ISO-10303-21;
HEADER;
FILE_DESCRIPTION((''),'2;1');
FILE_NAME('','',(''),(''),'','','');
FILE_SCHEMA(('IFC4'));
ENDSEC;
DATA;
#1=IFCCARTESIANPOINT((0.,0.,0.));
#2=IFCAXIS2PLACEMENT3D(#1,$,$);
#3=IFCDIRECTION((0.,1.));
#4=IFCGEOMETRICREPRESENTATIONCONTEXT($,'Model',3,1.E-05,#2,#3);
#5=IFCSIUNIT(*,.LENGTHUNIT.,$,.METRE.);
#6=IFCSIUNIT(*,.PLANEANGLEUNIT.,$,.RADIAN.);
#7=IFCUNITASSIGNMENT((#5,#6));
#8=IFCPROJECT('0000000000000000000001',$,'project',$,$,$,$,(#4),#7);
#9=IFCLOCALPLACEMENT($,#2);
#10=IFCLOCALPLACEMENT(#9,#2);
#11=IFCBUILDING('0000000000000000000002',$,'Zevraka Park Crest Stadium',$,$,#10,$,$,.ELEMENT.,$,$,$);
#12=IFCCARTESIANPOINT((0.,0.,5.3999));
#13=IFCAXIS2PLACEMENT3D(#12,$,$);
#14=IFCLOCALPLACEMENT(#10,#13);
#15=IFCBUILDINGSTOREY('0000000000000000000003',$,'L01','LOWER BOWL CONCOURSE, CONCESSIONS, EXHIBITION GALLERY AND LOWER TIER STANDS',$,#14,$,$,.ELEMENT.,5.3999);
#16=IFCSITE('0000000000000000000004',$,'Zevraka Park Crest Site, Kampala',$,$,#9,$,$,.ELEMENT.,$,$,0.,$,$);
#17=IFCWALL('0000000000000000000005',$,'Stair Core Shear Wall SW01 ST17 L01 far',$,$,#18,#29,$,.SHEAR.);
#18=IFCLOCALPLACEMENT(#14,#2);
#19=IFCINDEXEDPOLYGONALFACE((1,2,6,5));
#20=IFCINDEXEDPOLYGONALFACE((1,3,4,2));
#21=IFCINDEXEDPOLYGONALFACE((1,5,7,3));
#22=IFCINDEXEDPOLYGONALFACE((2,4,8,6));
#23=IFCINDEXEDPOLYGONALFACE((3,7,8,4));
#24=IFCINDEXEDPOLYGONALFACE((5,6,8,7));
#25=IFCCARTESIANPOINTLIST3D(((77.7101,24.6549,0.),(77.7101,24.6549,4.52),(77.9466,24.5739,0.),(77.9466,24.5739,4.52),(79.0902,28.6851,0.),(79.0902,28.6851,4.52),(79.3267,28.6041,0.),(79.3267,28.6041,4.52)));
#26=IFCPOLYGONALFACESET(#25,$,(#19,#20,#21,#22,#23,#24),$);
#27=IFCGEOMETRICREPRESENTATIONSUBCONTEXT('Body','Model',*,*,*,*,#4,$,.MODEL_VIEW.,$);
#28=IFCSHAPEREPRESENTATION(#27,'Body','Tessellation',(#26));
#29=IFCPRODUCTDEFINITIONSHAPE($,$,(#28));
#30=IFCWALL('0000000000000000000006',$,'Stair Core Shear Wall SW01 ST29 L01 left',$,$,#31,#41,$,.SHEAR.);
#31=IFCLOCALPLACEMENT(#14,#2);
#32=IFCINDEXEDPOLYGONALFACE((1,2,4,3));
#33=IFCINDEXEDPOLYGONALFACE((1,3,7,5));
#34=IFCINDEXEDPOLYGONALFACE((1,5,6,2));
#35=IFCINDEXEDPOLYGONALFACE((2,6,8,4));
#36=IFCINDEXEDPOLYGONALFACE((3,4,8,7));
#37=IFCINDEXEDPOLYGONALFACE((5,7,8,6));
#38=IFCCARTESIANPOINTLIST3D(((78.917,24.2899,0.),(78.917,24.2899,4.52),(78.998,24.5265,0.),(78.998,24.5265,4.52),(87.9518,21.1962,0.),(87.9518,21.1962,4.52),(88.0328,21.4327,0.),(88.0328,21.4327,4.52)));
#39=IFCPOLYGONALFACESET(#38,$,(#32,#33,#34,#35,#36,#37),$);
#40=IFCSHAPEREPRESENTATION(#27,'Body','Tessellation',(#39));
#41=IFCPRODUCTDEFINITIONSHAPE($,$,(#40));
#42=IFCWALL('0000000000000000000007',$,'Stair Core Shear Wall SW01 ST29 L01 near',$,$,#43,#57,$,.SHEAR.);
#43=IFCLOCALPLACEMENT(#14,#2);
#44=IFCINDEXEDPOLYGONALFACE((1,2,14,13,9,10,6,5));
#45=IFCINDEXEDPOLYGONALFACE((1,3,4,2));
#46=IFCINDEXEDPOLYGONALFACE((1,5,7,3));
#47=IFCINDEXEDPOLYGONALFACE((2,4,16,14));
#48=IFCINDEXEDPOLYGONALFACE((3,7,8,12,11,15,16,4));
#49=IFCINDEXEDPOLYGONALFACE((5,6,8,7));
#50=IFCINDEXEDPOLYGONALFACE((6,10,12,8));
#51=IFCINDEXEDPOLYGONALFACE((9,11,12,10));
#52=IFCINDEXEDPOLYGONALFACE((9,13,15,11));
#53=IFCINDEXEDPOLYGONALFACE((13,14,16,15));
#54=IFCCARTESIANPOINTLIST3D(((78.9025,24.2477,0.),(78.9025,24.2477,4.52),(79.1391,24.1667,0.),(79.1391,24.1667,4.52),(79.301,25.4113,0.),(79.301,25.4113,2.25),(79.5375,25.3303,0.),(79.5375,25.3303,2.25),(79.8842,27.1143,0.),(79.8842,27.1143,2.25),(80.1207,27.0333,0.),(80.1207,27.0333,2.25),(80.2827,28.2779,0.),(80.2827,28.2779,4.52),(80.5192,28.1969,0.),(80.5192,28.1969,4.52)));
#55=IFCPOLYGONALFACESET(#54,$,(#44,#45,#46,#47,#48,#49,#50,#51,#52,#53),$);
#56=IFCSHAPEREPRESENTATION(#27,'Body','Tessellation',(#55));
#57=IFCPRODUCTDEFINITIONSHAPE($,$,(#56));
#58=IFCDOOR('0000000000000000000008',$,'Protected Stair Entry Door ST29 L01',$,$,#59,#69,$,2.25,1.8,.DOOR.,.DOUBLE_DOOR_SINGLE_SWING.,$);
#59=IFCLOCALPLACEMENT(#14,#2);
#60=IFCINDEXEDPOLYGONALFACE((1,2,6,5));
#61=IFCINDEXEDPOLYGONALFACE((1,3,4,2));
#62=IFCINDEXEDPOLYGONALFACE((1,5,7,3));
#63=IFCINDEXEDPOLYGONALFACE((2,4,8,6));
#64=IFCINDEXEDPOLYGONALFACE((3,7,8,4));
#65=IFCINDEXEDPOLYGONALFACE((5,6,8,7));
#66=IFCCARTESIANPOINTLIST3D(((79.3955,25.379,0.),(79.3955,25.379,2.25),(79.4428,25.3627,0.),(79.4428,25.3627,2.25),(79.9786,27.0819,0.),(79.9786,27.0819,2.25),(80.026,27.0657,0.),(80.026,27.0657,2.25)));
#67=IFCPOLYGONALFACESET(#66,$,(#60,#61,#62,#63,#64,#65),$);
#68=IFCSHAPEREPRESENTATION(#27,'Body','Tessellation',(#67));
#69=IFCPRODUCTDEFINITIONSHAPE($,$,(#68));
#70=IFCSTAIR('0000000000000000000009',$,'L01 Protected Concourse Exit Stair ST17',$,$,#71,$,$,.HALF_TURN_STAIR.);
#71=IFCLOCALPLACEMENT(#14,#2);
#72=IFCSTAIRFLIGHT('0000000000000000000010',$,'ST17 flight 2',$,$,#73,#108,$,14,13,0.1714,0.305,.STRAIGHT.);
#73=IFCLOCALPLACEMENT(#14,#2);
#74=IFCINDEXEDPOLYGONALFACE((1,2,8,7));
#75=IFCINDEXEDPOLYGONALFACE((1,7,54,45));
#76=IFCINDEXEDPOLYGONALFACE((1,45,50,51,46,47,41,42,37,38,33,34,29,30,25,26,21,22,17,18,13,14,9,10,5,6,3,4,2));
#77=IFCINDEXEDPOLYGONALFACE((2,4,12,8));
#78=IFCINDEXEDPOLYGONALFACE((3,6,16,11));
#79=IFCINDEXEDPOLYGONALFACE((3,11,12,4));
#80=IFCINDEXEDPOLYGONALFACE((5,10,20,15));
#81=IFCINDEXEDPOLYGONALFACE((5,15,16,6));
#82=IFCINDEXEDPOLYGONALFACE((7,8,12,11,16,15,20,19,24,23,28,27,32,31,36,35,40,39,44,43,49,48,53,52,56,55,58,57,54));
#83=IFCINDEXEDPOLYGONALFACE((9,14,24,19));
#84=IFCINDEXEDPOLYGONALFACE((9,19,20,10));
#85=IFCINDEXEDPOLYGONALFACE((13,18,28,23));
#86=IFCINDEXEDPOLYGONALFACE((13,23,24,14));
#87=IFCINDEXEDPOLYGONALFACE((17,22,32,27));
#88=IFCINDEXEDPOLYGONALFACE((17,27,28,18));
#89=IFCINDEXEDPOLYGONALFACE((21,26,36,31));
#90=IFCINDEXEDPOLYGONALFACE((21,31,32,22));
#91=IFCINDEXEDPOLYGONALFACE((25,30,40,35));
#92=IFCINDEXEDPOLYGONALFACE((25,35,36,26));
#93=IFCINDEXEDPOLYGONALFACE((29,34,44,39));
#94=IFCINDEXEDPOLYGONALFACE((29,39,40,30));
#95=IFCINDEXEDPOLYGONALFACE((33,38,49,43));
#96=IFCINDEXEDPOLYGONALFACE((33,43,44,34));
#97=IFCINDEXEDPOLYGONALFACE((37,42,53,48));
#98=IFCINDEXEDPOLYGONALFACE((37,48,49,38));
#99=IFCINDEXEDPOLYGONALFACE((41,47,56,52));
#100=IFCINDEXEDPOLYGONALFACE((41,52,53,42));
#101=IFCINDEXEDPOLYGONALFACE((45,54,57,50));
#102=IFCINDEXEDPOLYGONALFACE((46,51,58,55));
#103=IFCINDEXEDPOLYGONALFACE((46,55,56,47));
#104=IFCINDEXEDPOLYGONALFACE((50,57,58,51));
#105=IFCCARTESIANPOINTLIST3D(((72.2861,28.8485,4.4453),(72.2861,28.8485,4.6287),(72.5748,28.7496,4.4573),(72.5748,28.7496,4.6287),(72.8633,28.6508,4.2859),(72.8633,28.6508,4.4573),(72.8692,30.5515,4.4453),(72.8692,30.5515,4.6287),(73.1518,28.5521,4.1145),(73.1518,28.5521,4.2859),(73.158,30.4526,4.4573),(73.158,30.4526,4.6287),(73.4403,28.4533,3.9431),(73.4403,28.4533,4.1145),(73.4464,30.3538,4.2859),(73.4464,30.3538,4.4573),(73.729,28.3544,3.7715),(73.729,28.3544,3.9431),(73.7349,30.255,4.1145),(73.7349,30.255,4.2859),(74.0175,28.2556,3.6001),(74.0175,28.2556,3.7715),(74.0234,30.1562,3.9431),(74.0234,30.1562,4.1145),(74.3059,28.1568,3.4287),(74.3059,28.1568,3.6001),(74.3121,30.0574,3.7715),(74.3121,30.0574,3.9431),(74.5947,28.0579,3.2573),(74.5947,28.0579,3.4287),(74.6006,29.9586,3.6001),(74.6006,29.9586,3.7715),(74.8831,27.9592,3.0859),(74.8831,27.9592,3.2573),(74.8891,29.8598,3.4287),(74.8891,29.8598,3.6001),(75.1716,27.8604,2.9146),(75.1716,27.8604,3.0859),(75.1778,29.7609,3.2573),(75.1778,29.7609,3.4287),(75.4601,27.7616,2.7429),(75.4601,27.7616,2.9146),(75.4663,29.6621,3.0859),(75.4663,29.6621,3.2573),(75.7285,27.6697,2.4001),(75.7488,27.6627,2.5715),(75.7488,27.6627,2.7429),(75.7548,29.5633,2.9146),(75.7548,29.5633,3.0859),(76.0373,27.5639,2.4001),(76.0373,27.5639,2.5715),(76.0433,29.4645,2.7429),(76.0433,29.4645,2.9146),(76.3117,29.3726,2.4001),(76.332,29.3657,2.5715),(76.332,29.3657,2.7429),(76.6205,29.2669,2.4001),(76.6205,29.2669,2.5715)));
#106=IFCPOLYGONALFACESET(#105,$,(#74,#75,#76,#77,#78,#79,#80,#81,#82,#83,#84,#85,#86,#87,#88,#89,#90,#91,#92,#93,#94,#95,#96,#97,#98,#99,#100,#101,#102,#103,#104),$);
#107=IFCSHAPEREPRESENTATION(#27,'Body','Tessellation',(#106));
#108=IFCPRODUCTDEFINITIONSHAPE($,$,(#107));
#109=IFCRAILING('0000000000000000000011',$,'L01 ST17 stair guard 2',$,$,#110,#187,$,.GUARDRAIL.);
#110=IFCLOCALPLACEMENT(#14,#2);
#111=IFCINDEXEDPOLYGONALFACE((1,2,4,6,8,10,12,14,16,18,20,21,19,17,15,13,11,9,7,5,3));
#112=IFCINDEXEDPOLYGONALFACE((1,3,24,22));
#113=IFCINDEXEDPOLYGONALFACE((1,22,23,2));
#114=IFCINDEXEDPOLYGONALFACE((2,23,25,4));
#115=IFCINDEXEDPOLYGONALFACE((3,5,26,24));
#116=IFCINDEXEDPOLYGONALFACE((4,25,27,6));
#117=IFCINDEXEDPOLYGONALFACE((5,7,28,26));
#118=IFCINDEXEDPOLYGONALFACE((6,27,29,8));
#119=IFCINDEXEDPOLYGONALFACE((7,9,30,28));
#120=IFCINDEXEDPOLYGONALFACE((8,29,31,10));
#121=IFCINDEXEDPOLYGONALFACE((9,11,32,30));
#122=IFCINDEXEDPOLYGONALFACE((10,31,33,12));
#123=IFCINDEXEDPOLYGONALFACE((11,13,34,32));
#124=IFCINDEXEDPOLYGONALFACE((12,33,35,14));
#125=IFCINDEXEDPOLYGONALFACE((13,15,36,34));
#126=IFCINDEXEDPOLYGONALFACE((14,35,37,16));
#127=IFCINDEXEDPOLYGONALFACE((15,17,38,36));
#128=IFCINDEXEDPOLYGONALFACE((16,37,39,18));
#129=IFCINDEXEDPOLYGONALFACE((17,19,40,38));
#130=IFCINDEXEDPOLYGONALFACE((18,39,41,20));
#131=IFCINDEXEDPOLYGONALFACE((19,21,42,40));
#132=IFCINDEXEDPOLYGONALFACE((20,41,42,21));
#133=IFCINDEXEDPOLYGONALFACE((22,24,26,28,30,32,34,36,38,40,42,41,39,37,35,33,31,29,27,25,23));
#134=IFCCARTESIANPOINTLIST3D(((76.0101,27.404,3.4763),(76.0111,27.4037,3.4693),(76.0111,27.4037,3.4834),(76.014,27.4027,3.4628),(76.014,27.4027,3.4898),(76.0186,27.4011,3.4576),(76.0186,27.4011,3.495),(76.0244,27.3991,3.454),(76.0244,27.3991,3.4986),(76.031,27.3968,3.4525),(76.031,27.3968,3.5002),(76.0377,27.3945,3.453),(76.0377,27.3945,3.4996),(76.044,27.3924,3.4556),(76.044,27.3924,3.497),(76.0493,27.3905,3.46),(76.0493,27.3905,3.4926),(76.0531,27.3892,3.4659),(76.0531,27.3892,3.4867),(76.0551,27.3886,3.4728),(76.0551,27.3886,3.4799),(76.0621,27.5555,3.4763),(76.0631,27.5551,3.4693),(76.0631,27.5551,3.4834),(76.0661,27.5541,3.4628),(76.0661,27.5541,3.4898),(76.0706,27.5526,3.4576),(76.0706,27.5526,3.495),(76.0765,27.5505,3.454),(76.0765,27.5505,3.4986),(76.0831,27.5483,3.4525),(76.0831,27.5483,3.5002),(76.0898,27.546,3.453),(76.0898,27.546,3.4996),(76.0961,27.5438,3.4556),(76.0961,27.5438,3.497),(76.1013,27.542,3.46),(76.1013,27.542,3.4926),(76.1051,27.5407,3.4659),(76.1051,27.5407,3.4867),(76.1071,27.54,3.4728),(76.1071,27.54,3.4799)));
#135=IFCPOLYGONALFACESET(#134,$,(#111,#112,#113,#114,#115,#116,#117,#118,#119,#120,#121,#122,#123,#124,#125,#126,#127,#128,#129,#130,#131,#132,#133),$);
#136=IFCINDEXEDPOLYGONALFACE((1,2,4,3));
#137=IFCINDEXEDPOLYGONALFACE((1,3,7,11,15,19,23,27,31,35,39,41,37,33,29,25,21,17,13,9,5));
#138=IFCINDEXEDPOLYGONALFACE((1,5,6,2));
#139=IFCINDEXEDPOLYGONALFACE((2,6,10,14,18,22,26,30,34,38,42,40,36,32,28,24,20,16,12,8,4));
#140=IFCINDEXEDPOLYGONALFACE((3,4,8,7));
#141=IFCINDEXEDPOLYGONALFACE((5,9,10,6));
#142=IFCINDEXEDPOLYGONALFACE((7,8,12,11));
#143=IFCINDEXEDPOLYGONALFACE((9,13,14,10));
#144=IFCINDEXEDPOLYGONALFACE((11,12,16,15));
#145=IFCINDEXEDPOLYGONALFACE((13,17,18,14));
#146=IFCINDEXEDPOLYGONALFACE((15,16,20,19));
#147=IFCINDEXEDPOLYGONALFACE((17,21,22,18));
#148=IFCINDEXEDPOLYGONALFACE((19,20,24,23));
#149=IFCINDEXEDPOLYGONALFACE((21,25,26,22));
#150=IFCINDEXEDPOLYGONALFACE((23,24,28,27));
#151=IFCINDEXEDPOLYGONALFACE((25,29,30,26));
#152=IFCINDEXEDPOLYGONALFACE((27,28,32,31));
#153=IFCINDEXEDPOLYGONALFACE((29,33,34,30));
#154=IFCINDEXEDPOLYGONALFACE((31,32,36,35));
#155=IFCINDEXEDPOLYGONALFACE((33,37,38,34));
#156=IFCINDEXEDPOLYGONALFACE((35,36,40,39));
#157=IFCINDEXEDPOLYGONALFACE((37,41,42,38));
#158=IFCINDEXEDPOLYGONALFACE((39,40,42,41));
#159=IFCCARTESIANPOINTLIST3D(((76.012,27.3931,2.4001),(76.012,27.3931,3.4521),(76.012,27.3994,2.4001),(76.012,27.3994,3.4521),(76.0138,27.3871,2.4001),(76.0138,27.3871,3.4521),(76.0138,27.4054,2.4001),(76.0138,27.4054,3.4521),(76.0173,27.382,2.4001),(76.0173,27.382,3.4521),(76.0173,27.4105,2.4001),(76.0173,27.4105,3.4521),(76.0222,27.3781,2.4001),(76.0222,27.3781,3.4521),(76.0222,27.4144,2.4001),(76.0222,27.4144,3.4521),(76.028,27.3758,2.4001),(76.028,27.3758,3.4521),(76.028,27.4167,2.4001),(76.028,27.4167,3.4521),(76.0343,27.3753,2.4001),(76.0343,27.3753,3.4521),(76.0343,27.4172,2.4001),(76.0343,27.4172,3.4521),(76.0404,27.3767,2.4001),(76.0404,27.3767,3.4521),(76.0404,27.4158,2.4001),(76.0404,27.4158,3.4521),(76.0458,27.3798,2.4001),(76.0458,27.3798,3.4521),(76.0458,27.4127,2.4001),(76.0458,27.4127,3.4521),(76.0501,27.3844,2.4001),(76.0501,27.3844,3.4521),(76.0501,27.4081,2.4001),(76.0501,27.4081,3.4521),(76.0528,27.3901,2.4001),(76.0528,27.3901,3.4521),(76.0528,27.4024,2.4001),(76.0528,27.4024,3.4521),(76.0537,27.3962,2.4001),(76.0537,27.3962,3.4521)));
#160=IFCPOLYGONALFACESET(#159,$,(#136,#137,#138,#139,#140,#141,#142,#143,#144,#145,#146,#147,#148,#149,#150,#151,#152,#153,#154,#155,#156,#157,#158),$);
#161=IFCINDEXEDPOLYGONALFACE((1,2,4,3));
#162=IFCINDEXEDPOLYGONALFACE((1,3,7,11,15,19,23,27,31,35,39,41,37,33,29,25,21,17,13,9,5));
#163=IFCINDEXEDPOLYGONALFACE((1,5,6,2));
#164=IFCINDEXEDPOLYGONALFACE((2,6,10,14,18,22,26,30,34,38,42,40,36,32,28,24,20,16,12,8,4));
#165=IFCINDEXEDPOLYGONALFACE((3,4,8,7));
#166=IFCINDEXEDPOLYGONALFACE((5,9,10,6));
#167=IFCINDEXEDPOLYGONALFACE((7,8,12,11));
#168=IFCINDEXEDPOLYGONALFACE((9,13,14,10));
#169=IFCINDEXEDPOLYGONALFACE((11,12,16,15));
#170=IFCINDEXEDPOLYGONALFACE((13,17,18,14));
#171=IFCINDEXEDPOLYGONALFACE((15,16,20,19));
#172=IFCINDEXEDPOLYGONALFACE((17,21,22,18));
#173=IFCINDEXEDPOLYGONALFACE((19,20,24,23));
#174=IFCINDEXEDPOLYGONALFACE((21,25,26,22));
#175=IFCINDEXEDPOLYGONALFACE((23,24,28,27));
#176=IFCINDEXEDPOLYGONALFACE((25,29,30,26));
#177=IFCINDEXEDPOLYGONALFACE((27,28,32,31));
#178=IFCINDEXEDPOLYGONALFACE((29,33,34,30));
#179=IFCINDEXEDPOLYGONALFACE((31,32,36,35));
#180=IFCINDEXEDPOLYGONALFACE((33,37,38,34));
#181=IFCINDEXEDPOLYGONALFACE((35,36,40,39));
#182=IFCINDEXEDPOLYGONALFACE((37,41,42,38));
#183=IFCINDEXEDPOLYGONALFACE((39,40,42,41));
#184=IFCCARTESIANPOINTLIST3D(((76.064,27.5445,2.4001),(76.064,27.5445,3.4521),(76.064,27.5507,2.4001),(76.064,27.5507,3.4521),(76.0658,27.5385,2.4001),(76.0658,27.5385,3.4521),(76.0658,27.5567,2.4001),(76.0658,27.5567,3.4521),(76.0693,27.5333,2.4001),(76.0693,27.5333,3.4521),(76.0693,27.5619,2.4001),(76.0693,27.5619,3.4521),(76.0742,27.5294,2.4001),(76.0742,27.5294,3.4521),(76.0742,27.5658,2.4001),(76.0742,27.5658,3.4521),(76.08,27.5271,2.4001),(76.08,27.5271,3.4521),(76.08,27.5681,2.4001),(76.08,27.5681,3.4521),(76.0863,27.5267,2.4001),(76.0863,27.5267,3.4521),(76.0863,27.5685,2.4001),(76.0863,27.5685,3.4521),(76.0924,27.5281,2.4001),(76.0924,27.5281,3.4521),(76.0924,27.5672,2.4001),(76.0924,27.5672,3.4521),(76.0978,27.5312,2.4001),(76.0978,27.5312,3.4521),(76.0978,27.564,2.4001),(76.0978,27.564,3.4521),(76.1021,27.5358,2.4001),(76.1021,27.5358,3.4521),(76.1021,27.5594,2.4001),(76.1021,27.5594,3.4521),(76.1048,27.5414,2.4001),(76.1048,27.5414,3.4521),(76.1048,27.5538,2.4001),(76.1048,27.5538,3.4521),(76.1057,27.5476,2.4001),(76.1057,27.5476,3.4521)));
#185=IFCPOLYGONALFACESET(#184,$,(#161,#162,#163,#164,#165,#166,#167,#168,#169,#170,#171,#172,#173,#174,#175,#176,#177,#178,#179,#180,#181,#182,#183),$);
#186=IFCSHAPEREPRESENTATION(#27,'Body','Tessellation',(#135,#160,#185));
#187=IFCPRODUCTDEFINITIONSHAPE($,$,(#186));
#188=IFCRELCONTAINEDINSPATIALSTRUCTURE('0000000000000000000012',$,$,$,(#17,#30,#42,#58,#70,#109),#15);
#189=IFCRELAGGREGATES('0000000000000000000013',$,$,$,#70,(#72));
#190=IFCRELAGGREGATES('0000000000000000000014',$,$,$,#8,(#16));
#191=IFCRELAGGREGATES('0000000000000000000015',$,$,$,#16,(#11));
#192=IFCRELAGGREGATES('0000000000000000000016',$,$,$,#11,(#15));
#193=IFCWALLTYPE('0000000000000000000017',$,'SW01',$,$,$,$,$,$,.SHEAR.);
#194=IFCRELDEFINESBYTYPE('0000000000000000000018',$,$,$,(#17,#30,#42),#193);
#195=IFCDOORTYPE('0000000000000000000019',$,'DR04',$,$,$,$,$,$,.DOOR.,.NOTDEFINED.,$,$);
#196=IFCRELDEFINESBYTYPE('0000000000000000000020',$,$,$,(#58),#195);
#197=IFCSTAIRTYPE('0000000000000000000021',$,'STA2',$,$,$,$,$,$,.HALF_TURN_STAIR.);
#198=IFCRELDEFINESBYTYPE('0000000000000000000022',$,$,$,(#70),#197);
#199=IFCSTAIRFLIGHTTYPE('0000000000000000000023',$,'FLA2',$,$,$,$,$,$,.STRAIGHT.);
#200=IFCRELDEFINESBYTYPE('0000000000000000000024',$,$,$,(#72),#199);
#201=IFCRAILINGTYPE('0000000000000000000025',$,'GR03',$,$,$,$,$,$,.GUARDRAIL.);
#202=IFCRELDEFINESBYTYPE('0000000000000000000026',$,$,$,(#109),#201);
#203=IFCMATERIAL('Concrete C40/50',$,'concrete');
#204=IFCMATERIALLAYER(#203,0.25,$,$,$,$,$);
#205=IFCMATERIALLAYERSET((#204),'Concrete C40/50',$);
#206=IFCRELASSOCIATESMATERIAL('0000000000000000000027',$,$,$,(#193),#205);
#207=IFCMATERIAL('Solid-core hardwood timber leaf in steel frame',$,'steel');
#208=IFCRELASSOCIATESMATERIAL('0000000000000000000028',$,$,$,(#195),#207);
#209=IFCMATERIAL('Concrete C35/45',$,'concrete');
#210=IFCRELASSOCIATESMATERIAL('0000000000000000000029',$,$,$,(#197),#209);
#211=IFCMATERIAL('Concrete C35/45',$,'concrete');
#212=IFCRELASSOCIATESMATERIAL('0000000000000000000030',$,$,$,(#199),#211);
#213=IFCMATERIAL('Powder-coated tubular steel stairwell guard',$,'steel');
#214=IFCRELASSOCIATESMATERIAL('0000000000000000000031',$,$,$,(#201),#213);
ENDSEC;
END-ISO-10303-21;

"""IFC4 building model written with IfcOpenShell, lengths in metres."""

from ifc_helpers import new_model, si_unit, direction, frame, frame_2d, origin, origin_2d, place, context, subcontext, project, spatial, polyline, rectangle, circle, outline, extrude, material, layer, layer_set, type_object, element, fill, aggregate, save


model = new_model("IFC4")

# Units and contexts
model_context = context("Model", 3, precision=1e-05, world=origin(), true_north=direction((0.0, 1.0)))
body_context = subcontext(model_context, "Body", "Model", "MODEL_VIEW")
ifc_project = project(units=[si_unit("LENGTHUNIT", "METRE"), si_unit("PLANEANGLEUNIT", "RADIAN")], contexts=[model_context])

# Site, building, storey
site_placement = place(None, origin())
site = spatial("IfcSite", under=ifc_project, at=site_placement, Name="Zevraka Park Crest Site, Kampala", CompositionType="ELEMENT", RefElevation=0.0)
building_placement = place(site_placement, origin())
building = spatial("IfcBuilding", under=site, at=building_placement, Name="Zevraka Park Crest Stadium", CompositionType="ELEMENT")
storey_placement = place(building_placement, frame((0.0, 0.0, 5.3999)))
storey = spatial("IfcBuildingStorey", under=building, at=storey_placement, Name="L01", Description="LOWER BOWL CONCOURSE, CONCESSIONS, EXHIBITION GALLERY AND LOWER TIER STANDS", CompositionType="ELEMENT", Elevation=5.3999)

# Walls
ifc_material_1 = material(Name="Concrete C40/50", Category="concrete")
ifc_layer_1 = layer(ifc_material_1, 0.25)
ifc_layer_set_1 = layer_set([ifc_layer_1], Name="Concrete C40/50")
wall_type = type_object("IfcWallType", Name="SW01", PredefinedType="SHEAR", material=ifc_layer_set_1)
wall_1_placement = place(storey_placement, frame((77.8284, 24.6145, 0.0), z_axis=(0.0, 0.0, 1.0), x_axis=(0.323971, 0.946067, 0.0)))
element("IfcWall", 1, at=wall_1_placement, inside=storey, type_object=wall_type, Name="Stair Core Shear Wall SW01 ST17 L01 far", PredefinedType="SHEAR", context=body_context, shape_type="SweptSolid", body=[
    extrude(rectangle(XDim=4.26, YDim=0.25, at=frame_2d((2.1299, 0.0))), origin(), (0.0, 0.0, 1.0), 4.52),
])
wall_2_placement = place(storey_placement, frame((78.9575, 24.4082, 0.0), z_axis=(0.0, 0.0, 1.0), x_axis=(0.946072, -0.323956, 0.0)))
element("IfcWall", 2, at=wall_2_placement, inside=storey, type_object=wall_type, Name="Stair Core Shear Wall SW01 ST29 L01 left", PredefinedType="SHEAR", context=body_context, shape_type="SweptSolid", body=[
    extrude(rectangle(XDim=9.5498, YDim=0.25, at=frame_2d((4.7749, 0.0))), origin(), (0.0, 0.0, 1.0), 4.52),
])

# Wall, opening, door
wall_3_placement = place(storey_placement, frame((80.4009, 28.2373, 0.0), z_axis=(0.0, 0.0, 1.0), x_axis=(-0.323971, -0.946067, 0.0)))
wall_3 = element("IfcWall", 3, at=wall_3_placement, inside=storey, type_object=wall_type, Name="Stair Core Shear Wall SW01 ST29 L01 near", PredefinedType="SHEAR", context=body_context, shape_type="SweptSolid", body=[
    extrude(rectangle(XDim=4.26, YDim=0.25, at=frame_2d((2.1299, 0.0))), origin(), (0.0, 0.0, 1.0), 4.52),
])
opening_placement = place(wall_3_placement, frame((1.23, 0.0, 0.0)))
opening = element("IfcOpeningElement", 4, at=opening_placement, cuts=wall_3, PredefinedType="OPENING", context=body_context, shape_type="SweptSolid", body=[
    extrude(rectangle(XDim=1.8, YDim=2.25, at=frame_2d((0.8999, 1.125))), frame((0.0, 0.135, 0.0), z_axis=(0.0, -1.0, 0.0), x_axis=(1.0, 0.0, 0.0)), (0.0, 0.0, 1.0), 0.27),
])
ifc_material_2 = material(Name="Solid-core hardwood timber leaf in steel frame", Category="steel")
door_type = type_object("IfcDoorType", Name="DR04", OperationType="NOTDEFINED", PredefinedType="DOOR", material=ifc_material_2)
door_placement = place(opening_placement, origin())
door = element("IfcDoor", 5, at=door_placement, inside=storey, type_object=door_type, Name="Protected Stair Entry Door ST29 L01", OperationType="DOUBLE_DOOR_SINGLE_SWING", OverallHeight=2.25, OverallWidth=1.8, PredefinedType="DOOR", context=body_context, shape_type="SweptSolid", body=[
    extrude(rectangle(XDim=1.8, YDim=2.25, at=frame_2d((0.8999, 1.125))), frame((0.0, 0.0249, 0.0), z_axis=(0.0, -1.0, 0.0), x_axis=(1.0, 0.0, 0.0)), (0.0, 0.0, 1.0), 0.05),
])
fill(opening, door)

# Stair, stair flight
ifc_material_3 = material(Name="Concrete C35/45", Category="concrete")
stair_type = type_object("IfcStairType", Name="STA2", PredefinedType="HALF_TURN_STAIR", material=ifc_material_3)
stair_placement = place(storey_placement, origin())
stair = element("IfcStair", 6, at=stair_placement, inside=storey, type_object=stair_type, Name="L01 Protected Concourse Exit Stair ST17", PredefinedType="HALF_TURN_STAIR")
ifc_material_4 = material(Name="Concrete C35/45", Category="concrete")
stair_flight_type = type_object("IfcStairFlightType", Name="FLA2", PredefinedType="STRAIGHT", material=ifc_material_4)
stair_flight_placement = place(storey_placement, frame((76.3289, 28.4153, 2.4001), z_axis=(0.0, 0.0, 1.0), x_axis=(-0.946066, 0.323974, 0.0)))
stair_flight = element("IfcStairFlight", 7, at=stair_flight_placement, type_object=stair_flight_type, Name="ST17 flight 2", NumberOfRisers=14, NumberOfTreads=13, PredefinedType="STRAIGHT", RiserHeight=0.1714, TreadLength=0.305, context=body_context, shape_type="SweptSolid", body=[
    extrude(outline(polyline([(0.0, 0.0), (0.0, 0.1714), (0.3049, 0.1714), (0.3049, 0.3428), (0.6101, 0.3428), (0.6101, 0.5144), (0.915, 0.5144), (0.915, 0.6858), (1.22, 0.6858), (1.22, 0.8572), (1.5249, 0.8572), (1.5249, 1.0286), (1.8301, 1.0286), (1.8301, 1.2), (2.135, 1.2), (2.135, 1.3713), (2.4399, 1.3713), (2.4399, 1.543), (2.7451, 1.543), (2.7451, 1.7144), (3.05, 1.7144), (3.05, 1.8857), (3.355, 1.8857), (3.355, 2.0571), (3.6599, 2.0571), (3.6599, 2.2285), (3.9651, 2.2285), (3.9651, 2.3999), (3.9651, 2.0452), (0.3264, 0.0), (0.0, 0.0)])), frame((0.0, 0.8999, 0.0), z_axis=(0.0, -1.0, 0.0), x_axis=(1.0, 0.0, 0.0)), (0.0, 0.0, 1.0), 1.8),
])
aggregate(stair, [stair_flight])

# Railing
ifc_material_5 = material(Name="Powder-coated tubular steel stairwell guard", Category="steel")
railing_type_1 = type_object("IfcRailingType", Name="GR03", PredefinedType="GUARDRAIL", material=ifc_material_5)
railing_1_placement = place(storey_placement, frame((76.0327, 27.3962, 2.4001)))
element("IfcRailing", 8, at=railing_1_placement, inside=storey, type_object=railing_type_1, Name="L01 ST17 stair guard 2", PredefinedType="GUARDRAIL", context=body_context, shape_type="SweptSolid", body=[
    extrude(circle(Radius=0.0239, at=origin_2d()), frame((0.0, 0.0, 1.0762), z_axis=(0.324909, 0.945745, 0.0), x_axis=(-0.945745, 0.324909, 0.0)), (0.0, 0.0, 1.0), 0.1602),
    extrude(circle(Radius=0.021, at=origin_2d()), origin(), (0.0, 0.0, 1.0), 1.052),
    extrude(circle(Radius=0.021, at=origin_2d()), frame((0.052, 0.1514, 0.0)), (0.0, 0.0, 1.0), 1.052),
])

save(model, "model.ifc")
